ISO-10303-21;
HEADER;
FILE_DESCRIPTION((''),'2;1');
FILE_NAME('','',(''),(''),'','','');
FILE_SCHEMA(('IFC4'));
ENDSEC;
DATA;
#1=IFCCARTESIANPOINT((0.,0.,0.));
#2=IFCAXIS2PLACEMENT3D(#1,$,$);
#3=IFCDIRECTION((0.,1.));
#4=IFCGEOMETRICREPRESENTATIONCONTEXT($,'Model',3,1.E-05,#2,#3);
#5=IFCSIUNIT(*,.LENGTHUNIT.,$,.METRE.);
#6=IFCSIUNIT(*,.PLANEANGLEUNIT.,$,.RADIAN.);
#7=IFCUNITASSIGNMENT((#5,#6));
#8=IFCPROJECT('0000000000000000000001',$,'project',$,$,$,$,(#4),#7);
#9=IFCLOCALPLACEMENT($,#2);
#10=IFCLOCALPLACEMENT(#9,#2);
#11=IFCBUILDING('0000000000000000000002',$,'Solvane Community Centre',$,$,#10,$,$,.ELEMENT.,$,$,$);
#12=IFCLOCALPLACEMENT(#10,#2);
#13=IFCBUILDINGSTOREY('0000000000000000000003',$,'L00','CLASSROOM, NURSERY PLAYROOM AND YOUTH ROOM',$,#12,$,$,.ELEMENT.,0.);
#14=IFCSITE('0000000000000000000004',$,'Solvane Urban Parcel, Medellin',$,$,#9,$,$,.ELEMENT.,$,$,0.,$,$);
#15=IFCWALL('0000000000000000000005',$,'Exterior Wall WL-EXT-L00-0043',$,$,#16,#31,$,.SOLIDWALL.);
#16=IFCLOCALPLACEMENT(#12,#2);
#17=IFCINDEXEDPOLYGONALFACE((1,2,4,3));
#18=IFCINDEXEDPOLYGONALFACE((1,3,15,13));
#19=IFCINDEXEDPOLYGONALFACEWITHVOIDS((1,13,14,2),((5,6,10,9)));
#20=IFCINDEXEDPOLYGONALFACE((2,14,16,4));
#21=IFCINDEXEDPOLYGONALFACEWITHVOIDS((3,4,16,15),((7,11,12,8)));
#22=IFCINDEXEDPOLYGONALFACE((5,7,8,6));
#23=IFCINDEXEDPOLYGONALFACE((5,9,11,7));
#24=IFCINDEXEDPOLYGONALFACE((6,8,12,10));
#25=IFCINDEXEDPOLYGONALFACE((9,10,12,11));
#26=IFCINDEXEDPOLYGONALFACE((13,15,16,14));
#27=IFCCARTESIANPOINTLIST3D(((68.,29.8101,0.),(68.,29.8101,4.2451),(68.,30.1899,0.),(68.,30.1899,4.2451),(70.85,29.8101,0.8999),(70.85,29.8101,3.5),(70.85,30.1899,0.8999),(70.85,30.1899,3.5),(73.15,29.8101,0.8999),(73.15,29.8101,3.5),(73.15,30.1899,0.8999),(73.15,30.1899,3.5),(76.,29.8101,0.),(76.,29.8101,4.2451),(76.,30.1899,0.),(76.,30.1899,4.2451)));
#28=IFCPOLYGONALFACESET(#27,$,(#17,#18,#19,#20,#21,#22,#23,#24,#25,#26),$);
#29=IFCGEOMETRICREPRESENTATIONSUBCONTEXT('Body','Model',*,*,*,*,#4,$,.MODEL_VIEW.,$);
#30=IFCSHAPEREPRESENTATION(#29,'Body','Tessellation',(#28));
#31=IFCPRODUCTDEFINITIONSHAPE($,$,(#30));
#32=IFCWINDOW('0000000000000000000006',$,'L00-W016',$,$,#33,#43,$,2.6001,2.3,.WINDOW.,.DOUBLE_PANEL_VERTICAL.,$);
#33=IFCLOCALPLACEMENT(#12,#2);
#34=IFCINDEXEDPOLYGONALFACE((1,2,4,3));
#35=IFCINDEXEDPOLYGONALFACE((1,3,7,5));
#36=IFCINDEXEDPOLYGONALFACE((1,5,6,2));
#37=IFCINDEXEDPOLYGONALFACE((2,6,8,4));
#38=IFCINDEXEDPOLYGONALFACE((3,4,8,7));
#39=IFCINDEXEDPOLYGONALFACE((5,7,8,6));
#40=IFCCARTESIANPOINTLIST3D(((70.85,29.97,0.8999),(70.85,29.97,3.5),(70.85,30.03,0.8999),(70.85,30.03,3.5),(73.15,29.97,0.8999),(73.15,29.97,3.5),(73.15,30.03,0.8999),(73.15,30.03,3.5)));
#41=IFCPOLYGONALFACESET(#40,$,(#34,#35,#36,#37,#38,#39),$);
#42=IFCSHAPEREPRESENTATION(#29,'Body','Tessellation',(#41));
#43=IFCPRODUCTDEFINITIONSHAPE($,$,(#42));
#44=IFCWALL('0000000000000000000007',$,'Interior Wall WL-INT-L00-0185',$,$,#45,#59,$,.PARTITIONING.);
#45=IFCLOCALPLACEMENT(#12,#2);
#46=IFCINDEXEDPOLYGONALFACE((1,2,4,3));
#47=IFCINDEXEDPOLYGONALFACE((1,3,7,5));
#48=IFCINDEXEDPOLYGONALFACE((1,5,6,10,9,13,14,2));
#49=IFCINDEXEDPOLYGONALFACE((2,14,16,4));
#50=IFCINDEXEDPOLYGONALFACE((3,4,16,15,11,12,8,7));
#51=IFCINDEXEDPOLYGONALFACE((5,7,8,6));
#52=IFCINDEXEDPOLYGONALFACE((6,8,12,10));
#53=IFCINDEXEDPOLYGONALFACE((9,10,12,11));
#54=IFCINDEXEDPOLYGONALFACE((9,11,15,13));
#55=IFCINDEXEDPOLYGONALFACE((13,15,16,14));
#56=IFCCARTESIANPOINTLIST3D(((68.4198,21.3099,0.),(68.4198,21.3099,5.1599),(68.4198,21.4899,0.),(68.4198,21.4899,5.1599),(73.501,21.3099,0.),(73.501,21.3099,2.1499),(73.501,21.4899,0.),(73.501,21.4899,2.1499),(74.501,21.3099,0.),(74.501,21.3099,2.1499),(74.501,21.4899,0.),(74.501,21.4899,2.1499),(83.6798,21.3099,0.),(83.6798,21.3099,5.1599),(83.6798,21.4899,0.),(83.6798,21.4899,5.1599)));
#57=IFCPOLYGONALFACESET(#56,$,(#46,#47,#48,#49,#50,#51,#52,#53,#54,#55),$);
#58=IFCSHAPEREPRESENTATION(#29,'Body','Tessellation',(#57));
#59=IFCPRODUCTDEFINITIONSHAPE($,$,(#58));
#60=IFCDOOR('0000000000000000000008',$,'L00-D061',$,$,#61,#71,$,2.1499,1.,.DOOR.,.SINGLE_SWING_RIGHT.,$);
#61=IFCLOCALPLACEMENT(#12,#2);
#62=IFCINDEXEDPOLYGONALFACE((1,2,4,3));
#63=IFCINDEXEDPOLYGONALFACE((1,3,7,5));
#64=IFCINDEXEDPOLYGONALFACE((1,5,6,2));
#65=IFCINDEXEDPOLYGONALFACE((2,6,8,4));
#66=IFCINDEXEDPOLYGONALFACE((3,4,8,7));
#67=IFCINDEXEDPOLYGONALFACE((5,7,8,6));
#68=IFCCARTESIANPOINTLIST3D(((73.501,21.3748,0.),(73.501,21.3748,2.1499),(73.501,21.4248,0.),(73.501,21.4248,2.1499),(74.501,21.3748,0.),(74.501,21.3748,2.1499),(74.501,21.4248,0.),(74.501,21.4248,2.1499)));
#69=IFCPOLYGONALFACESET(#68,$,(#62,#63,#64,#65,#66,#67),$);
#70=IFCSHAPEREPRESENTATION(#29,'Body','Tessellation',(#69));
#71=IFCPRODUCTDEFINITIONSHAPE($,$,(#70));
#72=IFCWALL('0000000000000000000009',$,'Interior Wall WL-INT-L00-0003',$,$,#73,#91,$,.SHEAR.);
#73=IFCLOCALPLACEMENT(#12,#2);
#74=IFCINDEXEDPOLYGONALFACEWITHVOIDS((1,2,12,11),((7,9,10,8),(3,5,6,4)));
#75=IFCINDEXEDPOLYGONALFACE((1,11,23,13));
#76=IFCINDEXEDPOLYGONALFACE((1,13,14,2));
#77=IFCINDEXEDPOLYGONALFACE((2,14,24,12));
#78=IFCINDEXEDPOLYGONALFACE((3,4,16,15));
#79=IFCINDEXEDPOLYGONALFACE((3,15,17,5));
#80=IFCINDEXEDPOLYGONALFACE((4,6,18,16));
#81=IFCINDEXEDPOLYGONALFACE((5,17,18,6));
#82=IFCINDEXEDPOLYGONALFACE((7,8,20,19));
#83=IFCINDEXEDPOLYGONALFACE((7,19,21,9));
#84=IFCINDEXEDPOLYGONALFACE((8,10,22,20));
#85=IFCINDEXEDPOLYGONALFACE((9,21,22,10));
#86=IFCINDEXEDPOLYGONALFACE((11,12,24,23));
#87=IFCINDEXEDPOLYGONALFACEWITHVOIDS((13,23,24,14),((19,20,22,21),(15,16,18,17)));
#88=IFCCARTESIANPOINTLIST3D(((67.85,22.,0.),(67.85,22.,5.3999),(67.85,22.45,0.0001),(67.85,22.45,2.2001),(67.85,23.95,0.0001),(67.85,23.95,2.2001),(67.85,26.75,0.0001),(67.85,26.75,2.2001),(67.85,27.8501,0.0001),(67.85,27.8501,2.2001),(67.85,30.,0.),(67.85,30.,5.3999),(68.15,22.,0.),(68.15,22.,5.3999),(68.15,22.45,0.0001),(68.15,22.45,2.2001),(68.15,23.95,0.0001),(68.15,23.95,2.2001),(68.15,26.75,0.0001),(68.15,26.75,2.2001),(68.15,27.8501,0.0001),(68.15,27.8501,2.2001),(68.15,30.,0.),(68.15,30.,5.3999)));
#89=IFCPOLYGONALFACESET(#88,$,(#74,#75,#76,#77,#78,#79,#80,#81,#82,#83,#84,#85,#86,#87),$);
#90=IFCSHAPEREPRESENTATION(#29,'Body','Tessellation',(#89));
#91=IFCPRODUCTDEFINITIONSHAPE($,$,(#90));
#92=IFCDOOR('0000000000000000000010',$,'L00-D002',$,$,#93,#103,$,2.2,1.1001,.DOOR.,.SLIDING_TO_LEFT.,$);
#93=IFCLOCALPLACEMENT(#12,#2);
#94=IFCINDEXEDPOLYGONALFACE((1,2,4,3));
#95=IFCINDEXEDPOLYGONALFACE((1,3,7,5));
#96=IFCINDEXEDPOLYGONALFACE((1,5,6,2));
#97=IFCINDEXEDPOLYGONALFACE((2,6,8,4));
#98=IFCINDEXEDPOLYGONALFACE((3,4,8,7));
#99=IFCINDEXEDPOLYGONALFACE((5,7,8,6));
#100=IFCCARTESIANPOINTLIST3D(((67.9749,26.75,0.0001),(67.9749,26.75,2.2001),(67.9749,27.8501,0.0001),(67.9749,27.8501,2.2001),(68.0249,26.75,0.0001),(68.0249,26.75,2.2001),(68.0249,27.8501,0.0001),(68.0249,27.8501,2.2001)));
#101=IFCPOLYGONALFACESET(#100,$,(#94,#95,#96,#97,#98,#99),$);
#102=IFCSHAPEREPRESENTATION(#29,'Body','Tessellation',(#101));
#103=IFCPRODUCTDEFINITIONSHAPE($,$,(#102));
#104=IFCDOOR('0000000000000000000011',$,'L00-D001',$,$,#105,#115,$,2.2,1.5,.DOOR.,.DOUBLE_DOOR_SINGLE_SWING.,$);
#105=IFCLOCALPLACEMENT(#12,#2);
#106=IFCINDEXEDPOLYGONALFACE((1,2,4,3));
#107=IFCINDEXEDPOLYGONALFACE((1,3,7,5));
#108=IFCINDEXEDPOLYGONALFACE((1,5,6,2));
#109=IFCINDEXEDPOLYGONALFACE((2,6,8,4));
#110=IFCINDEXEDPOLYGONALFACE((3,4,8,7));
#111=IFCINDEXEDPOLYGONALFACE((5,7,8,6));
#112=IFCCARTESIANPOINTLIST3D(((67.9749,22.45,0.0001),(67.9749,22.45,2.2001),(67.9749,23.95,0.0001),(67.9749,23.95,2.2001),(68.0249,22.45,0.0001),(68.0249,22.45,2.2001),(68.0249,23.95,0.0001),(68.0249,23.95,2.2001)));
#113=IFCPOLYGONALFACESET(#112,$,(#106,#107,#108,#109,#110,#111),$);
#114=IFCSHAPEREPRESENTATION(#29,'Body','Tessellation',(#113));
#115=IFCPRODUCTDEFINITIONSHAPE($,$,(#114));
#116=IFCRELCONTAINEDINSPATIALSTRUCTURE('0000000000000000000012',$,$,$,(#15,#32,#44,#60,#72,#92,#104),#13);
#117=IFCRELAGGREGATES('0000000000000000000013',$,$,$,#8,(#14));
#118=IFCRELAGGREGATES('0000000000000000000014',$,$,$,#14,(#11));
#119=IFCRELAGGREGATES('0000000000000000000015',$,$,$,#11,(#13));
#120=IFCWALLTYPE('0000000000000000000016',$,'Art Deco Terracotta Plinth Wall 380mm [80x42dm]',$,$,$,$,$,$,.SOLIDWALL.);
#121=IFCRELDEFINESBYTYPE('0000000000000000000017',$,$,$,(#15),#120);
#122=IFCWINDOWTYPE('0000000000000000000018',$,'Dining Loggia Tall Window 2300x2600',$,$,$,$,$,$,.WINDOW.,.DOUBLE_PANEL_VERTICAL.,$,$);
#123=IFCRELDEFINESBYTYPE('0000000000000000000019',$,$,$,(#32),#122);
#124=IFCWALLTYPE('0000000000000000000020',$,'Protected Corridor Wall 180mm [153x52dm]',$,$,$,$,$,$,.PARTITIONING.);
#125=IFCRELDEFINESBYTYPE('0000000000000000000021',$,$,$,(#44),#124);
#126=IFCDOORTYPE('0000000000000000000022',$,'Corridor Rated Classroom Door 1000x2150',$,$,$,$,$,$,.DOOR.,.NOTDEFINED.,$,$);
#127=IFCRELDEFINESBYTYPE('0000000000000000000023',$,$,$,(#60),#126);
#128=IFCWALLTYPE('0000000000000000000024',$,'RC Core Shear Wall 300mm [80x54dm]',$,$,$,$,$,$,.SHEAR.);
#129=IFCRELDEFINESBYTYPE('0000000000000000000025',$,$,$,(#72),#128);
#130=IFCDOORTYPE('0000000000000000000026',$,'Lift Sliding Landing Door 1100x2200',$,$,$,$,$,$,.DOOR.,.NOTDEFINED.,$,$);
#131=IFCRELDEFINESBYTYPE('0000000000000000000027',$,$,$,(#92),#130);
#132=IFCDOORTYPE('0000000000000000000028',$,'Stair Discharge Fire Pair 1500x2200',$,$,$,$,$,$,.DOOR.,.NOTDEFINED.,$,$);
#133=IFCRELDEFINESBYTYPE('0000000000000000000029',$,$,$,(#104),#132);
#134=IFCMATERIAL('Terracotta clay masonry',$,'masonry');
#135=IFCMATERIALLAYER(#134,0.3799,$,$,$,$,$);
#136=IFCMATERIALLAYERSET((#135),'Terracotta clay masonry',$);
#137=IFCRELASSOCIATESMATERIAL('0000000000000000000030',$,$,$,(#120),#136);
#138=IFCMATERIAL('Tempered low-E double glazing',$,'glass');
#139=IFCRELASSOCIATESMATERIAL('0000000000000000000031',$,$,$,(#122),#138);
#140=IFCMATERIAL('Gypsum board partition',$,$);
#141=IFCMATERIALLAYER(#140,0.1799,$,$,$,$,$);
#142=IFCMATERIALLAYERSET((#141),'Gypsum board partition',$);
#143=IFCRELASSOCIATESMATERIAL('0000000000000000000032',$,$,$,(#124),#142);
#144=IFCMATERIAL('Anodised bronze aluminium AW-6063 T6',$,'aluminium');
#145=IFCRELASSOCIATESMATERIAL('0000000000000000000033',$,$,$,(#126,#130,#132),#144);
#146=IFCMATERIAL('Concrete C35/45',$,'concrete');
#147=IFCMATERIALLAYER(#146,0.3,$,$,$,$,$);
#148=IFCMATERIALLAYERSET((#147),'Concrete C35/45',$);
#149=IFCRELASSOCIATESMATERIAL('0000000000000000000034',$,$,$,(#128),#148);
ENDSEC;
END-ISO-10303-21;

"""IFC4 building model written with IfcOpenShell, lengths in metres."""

from ifc_helpers import new_model, si_unit, direction, frame, frame_2d, origin, place, context, subcontext, project, spatial, rectangle, extrude, material, layer, layer_set, type_object, element, fill, save


model = new_model("IFC4")

# Units and contexts
model_context = context("Model", 3, precision=1e-05, world=origin(), true_north=direction((0.0, 1.0)))
body_context = subcontext(model_context, "Body", "Model", "MODEL_VIEW")
ifc_project = project(units=[si_unit("LENGTHUNIT", "METRE"), si_unit("PLANEANGLEUNIT", "RADIAN")], contexts=[model_context])

# Site, building, storey
site_placement = place(None, origin())
site = spatial("IfcSite", under=ifc_project, at=site_placement, Name="Solvane Urban Parcel, Medellin", CompositionType="ELEMENT", RefElevation=0.0)
building_placement = place(site_placement, origin())
building = spatial("IfcBuilding", under=site, at=building_placement, Name="Solvane Community Centre", CompositionType="ELEMENT")
storey_placement = place(building_placement, origin())
storey = spatial("IfcBuildingStorey", under=building, at=storey_placement, Name="L00", Description="CLASSROOM, NURSERY PLAYROOM AND YOUTH ROOM", CompositionType="ELEMENT", Elevation=0.0)

# Shared definitions
ifc_material_1 = material(Name="Concrete C35/45", Category="concrete")

# Shared definitions
ifc_material_2 = material(Name="Anodised bronze aluminium AW-6063 T6", Category="aluminium")
ifc_material_3 = material(Name="Tempered low-E double glazing", Category="glass")

# Wall, opening, window
ifc_material_4 = material(Name="Terracotta clay masonry", Category="masonry")
ifc_layer_1 = layer(ifc_material_4, 0.3799)
ifc_layer_set_1 = layer_set([ifc_layer_1], Name="Terracotta clay masonry")
wall_type_1 = type_object("IfcWallType", Name="Art Deco Terracotta Plinth Wall 380mm [80x42dm]", PredefinedType="SOLIDWALL", material=ifc_layer_set_1)
wall_1_placement = place(storey_placement, frame((68.0, 30.0, 0.0), z_axis=(0.0, 0.0, 1.0), x_axis=(1.0, 0.0, 0.0)))
wall_1 = element("IfcWall", 1, at=wall_1_placement, inside=storey, type_object=wall_type_1, Name="Exterior Wall WL-EXT-L00-0043", PredefinedType="SOLIDWALL", context=body_context, shape_type="SweptSolid", body=[
    extrude(rectangle(XDim=8.0, YDim=0.3799, at=frame_2d((4.0, 0.0))), origin(), (0.0, 0.0, 1.0), 4.2451),
])
opening_1_placement = place(wall_1_placement, frame((2.8501, 0.0, 0.8999)))
opening_1 = element("IfcOpeningElement", 2, at=opening_1_placement, cuts=wall_1, PredefinedType="OPENING", context=body_context, shape_type="SweptSolid", body=[
    extrude(rectangle(XDim=2.3, YDim=2.6001, at=frame_2d((1.1499, 1.3))), frame((0.0, 0.2, 0.0), z_axis=(0.0, -1.0, 0.0), x_axis=(1.0, 0.0, 0.0)), (0.0, 0.0, 1.0), 0.3999),
])
window_type = type_object("IfcWindowType", Name="Dining Loggia Tall Window 2300x2600", PartitioningType="DOUBLE_PANEL_VERTICAL", PredefinedType="WINDOW", material=ifc_material_3)
window_placement = place(opening_1_placement, origin())
window = element("IfcWindow", 3, at=window_placement, inside=storey, type_object=window_type, Name="L00-W016", OverallHeight=2.6001, OverallWidth=2.3, PartitioningType="DOUBLE_PANEL_VERTICAL", PredefinedType="WINDOW", context=body_context, shape_type="SweptSolid", body=[
    extrude(rectangle(XDim=2.3, YDim=2.6001, at=frame_2d((1.1499, 1.3))), frame((0.0, 0.03, 0.0), z_axis=(0.0, -1.0, 0.0), x_axis=(1.0, 0.0, 0.0)), (0.0, 0.0, 1.0), 0.0601),
])
fill(opening_1, window)

# Wall, opening, door
ifc_material_5 = material(Name="Gypsum board partition")
ifc_layer_2 = layer(ifc_material_5, 0.1799)
ifc_layer_set_2 = layer_set([ifc_layer_2], Name="Gypsum board partition")
wall_type_2 = type_object("IfcWallType", Name="Protected Corridor Wall 180mm [153x52dm]", PredefinedType="PARTITIONING", material=ifc_layer_set_2)
wall_2_placement = place(storey_placement, frame((68.4199, 21.3999, 0.0), z_axis=(0.0, 0.0, 1.0), x_axis=(1.0, 0.0, 0.0)))
wall_2 = element("IfcWall", 4, at=wall_2_placement, inside=storey, type_object=wall_type_2, Name="Interior Wall WL-INT-L00-0185", PredefinedType="PARTITIONING", context=body_context, shape_type="SweptSolid", body=[
    extrude(rectangle(XDim=15.26, YDim=0.1799, at=frame_2d((7.6299, 0.0))), origin(), (0.0, 0.0, 1.0), 5.1599),
])
opening_2_placement = place(wall_2_placement, frame((5.0811, 0.0, 0.0)))
opening_2 = element("IfcOpeningElement", 5, at=opening_2_placement, cuts=wall_2, PredefinedType="OPENING", context=body_context, shape_type="SweptSolid", body=[
    extrude(rectangle(XDim=1.0, YDim=2.1499, at=frame_2d((0.5, 1.075))), frame((0.0, 0.0999, 0.0), z_axis=(0.0, -1.0, 0.0), x_axis=(1.0, 0.0, 0.0)), (0.0, 0.0, 1.0), 0.2),
])
door_type_1 = type_object("IfcDoorType", Name="Corridor Rated Classroom Door 1000x2150", OperationType="NOTDEFINED", PredefinedType="DOOR", material=ifc_material_2)
door_1_placement = place(opening_2_placement, origin())
door_1 = element("IfcDoor", 6, at=door_1_placement, inside=storey, type_object=door_type_1, Name="L00-D061", OperationType="SINGLE_SWING_RIGHT", OverallHeight=2.1499, OverallWidth=1.0, PredefinedType="DOOR", context=body_context, shape_type="SweptSolid", body=[
    extrude(rectangle(XDim=1.0, YDim=2.1499, at=frame_2d((0.5, 1.075))), frame((0.0, 0.0249, 0.0), z_axis=(0.0, -1.0, 0.0), x_axis=(1.0, 0.0, 0.0)), (0.0, 0.0, 1.0), 0.05),
])
fill(opening_2, door_1)

# Wall, openings, doors
ifc_layer_3 = layer(ifc_material_1, 0.3)
ifc_layer_set_3 = layer_set([ifc_layer_3], Name="Concrete C35/45")
wall_type_3 = type_object("IfcWallType", Name="RC Core Shear Wall 300mm [80x54dm]", PredefinedType="SHEAR", material=ifc_layer_set_3)
wall_3_placement = place(storey_placement, frame((68.0, 30.0, 0.0), z_axis=(0.0, 0.0, 1.0), x_axis=(0.0, -1.0, 0.0)))
wall_3 = element("IfcWall", 7, at=wall_3_placement, inside=storey, type_object=wall_type_3, Name="Interior Wall WL-INT-L00-0003", PredefinedType="SHEAR", context=body_context, shape_type="SweptSolid", body=[
    extrude(rectangle(XDim=8.0, YDim=0.3, at=frame_2d((4.0, 0.0))), origin(), (0.0, 0.0, 1.0), 5.3999),
])
opening_3_placement = place(wall_3_placement, frame((6.05, 0.0, 0.0)))
opening_3 = element("IfcOpeningElement", 8, at=opening_3_placement, cuts=wall_3, PredefinedType="OPENING", context=body_context, shape_type="SweptSolid", body=[
    extrude(rectangle(XDim=1.5, YDim=2.2, at=frame_2d((0.75, 1.1001))), frame((0.0, 0.1599, 0.0), z_axis=(0.0, -1.0, 0.0), x_axis=(1.0, 0.0, 0.0)), (0.0, 0.0, 1.0), 0.3201),
])
opening_4_placement = place(wall_3_placement, frame((2.1499, 0.0, 0.0)))
opening_4 = element("IfcOpeningElement", 9, at=opening_4_placement, cuts=wall_3, PredefinedType="OPENING", context=body_context, shape_type="SweptSolid", body=[
    extrude(rectangle(XDim=1.1001, YDim=2.2, at=frame_2d((0.55, 1.1001))), frame((0.0, 0.1599, 0.0), z_axis=(0.0, -1.0, 0.0), x_axis=(1.0, 0.0, 0.0)), (0.0, 0.0, 1.0), 0.3201),
])
door_type_2 = type_object("IfcDoorType", Name="Lift Sliding Landing Door 1100x2200", OperationType="NOTDEFINED", PredefinedType="DOOR", material=ifc_material_2)
door_2_placement = place(opening_4_placement, origin())
door_2 = element("IfcDoor", 10, at=door_2_placement, inside=storey, type_object=door_type_2, Name="L00-D002", OperationType="SLIDING_TO_LEFT", OverallHeight=2.2, OverallWidth=1.1001, PredefinedType="DOOR", context=body_context, shape_type="SweptSolid", body=[
    extrude(rectangle(XDim=1.1001, YDim=2.2, at=frame_2d((0.55, 1.1001))), frame((0.0, 0.0249, 0.0), z_axis=(0.0, -1.0, 0.0), x_axis=(1.0, 0.0, 0.0)), (0.0, 0.0, 1.0), 0.05),
])
fill(opening_4, door_2)
door_type_3 = type_object("IfcDoorType", Name="Stair Discharge Fire Pair 1500x2200", OperationType="NOTDEFINED", PredefinedType="DOOR", material=ifc_material_2)
door_3_placement = place(opening_3_placement, origin())
door_3 = element("IfcDoor", 11, at=door_3_placement, inside=storey, type_object=door_type_3, Name="L00-D001", OperationType="DOUBLE_DOOR_SINGLE_SWING", OverallHeight=2.2, OverallWidth=1.5, PredefinedType="DOOR", context=body_context, shape_type="SweptSolid", body=[
    extrude(rectangle(XDim=1.5, YDim=2.2, at=frame_2d((0.75, 1.1001))), frame((0.0, 0.0249, 0.0), z_axis=(0.0, -1.0, 0.0), x_axis=(1.0, 0.0, 0.0)), (0.0, 0.0, 1.0), 0.05),
])
fill(opening_3, door_3)

save(model, "model.ifc")
